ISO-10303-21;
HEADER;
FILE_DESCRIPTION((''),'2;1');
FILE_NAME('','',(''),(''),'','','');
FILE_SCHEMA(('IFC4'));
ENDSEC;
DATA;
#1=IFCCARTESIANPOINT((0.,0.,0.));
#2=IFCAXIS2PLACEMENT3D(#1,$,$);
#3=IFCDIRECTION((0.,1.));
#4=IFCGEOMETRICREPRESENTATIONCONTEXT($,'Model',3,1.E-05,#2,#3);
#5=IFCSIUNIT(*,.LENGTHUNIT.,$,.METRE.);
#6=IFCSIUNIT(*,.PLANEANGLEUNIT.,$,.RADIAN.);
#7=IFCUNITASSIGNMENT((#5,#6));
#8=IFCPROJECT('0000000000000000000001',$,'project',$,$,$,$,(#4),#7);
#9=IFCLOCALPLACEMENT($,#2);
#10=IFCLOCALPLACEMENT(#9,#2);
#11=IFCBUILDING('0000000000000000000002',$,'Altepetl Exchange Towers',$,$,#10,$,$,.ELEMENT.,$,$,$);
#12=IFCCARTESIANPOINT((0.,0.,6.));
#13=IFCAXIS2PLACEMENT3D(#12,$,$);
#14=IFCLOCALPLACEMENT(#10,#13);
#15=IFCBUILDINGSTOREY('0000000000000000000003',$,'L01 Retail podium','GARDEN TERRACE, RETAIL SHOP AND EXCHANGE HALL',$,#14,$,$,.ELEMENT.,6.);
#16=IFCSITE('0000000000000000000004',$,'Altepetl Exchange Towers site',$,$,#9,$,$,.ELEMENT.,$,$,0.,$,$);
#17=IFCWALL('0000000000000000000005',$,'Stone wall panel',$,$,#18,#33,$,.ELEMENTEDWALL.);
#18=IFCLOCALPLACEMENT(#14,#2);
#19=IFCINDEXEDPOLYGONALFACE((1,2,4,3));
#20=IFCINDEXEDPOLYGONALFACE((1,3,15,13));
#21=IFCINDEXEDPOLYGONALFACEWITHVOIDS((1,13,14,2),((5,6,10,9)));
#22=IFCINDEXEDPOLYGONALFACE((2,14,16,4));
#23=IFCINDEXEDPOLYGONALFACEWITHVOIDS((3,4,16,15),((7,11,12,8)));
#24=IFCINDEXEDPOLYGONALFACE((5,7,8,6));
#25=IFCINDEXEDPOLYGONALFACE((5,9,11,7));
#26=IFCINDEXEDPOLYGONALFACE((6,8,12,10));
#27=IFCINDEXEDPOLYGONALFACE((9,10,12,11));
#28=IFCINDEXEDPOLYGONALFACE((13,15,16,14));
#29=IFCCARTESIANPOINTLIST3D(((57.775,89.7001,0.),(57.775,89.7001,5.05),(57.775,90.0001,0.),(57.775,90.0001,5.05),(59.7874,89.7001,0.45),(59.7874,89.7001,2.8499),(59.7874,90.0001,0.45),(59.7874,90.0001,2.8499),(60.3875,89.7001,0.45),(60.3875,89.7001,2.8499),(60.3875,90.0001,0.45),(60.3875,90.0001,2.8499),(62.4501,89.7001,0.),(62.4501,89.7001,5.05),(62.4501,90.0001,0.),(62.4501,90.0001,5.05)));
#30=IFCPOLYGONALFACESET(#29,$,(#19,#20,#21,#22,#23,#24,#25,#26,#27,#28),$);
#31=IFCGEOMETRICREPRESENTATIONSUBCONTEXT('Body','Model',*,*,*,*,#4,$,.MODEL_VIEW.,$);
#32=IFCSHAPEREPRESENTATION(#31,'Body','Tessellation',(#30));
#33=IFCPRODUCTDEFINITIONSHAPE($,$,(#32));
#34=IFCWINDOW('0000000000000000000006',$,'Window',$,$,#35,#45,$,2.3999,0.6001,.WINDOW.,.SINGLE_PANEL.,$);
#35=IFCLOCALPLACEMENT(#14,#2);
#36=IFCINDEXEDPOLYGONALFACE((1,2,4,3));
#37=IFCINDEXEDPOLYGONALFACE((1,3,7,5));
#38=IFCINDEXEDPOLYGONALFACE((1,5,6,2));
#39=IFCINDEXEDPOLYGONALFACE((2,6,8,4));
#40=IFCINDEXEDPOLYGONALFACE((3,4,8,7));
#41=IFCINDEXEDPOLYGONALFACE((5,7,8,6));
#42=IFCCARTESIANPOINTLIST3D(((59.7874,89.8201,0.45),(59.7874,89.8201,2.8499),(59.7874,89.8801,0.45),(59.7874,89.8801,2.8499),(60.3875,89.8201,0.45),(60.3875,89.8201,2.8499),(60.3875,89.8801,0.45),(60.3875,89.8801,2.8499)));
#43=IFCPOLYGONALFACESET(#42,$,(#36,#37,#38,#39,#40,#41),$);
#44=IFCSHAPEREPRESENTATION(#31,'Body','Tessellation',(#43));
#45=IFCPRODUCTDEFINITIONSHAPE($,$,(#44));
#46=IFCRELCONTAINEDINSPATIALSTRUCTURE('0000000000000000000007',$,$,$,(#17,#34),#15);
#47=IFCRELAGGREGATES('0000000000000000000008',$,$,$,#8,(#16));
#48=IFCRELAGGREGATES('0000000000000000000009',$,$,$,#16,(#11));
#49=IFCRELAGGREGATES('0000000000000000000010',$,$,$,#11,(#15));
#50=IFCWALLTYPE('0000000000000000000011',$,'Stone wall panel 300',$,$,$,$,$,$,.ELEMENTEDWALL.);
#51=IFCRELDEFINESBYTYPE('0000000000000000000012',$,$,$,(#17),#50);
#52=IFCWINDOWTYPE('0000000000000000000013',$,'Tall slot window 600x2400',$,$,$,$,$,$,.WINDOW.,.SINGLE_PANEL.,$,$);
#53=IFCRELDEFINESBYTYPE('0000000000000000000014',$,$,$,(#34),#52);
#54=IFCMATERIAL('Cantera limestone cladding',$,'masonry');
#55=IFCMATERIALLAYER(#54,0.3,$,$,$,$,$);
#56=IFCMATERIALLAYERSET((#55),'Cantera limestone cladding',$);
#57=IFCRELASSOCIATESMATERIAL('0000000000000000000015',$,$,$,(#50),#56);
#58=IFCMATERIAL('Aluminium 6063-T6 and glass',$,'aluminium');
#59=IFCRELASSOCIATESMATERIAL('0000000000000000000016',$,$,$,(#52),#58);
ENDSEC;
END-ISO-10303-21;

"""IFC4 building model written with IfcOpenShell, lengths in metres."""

from ifc_helpers import new_model, si_unit, direction, frame, frame_2d, origin, place, context, subcontext, project, spatial, rectangle, extrude, material, layer, layer_set, type_object, element, fill, save


model = new_model("IFC4")

# Units and contexts
model_context = context("Model", 3, precision=1e-05, world=origin(), true_north=direction((0.0, 1.0)))
body_context = subcontext(model_context, "Body", "Model", "MODEL_VIEW")
ifc_project = project(units=[si_unit("LENGTHUNIT", "METRE"), si_unit("PLANEANGLEUNIT", "RADIAN")], contexts=[model_context])

# Site, building, storey
site_placement = place(None, origin())
site = spatial("IfcSite", under=ifc_project, at=site_placement, Name="Altepetl Exchange Towers site", CompositionType="ELEMENT", RefElevation=0.0)
building_placement = place(site_placement, origin())
building = spatial("IfcBuilding", under=site, at=building_placement, Name="Altepetl Exchange Towers", CompositionType="ELEMENT")
storey_placement = place(building_placement, frame((0.0, 0.0, 6.0)))
storey = spatial("IfcBuildingStorey", under=building, at=storey_placement, Name="L01 Retail podium", Description="GARDEN TERRACE, RETAIL SHOP AND EXCHANGE HALL", CompositionType="ELEMENT", Elevation=6.0)

# Shared definitions
ifc_material_1 = material(Name="Aluminium 6063-T6 and glass", Category="aluminium")

# Wall, opening, window
ifc_material_2 = material(Name="Cantera limestone cladding", Category="masonry")
ifc_layer_1 = layer(ifc_material_2, 0.3)
ifc_layer_set_1 = layer_set([ifc_layer_1], Name="Cantera limestone cladding")
wall_type_1 = type_object("IfcWallType", Name="Stone wall panel 300", PredefinedType="ELEMENTEDWALL", material=ifc_layer_set_1)
wall_1_placement = place(storey_placement, frame((62.45, 89.8501, 0.0), z_axis=(0.0, 0.0, 1.0), x_axis=(-1.0, 0.0, 0.0)))
wall_1 = element("IfcWall", 1, at=wall_1_placement, inside=storey, type_object=wall_type_1, Name="Stone wall panel", PredefinedType="ELEMENTEDWALL", context=body_context, shape_type="SweptSolid", body=[
    extrude(rectangle(XDim=4.675, YDim=0.3, at=frame_2d((2.3374, 0.0))), origin(), (0.0, 0.0, 1.0), 5.05),
])
opening_1_placement = place(wall_1_placement, frame((2.0625, 0.0, 0.45)))
opening_1 = element("IfcOpeningElement", 2, at=opening_1_placement, cuts=wall_1, PredefinedType="OPENING", context=body_context, shape_type="SweptSolid", body=[
    extrude(rectangle(XDim=0.6001, YDim=2.3999, at=frame_2d((0.3, 1.2))), frame((0.0, 0.1602, 0.0), z_axis=(0.0, -1.0, 0.0), x_axis=(1.0, 0.0, 0.0)), (0.0, 0.0, 1.0), 0.3201),
])
window_type_1 = type_object("IfcWindowType", Name="Tall slot window 600x2400", PartitioningType="SINGLE_PANEL", PredefinedType="WINDOW", material=ifc_material_1)
window_1_placement = place(opening_1_placement, origin())
window_1 = element("IfcWindow", 3, at=window_1_placement, inside=storey, type_object=window_type_1, Name="Window", OverallHeight=2.3999, OverallWidth=0.6001, PartitioningType="SINGLE_PANEL", PredefinedType="WINDOW", context=body_context, shape_type="SweptSolid", body=[
    extrude(rectangle(XDim=0.6001, YDim=2.3999, at=frame_2d((0.3, 1.2))), frame((0.0, 0.03, 0.0), z_axis=(0.0, -1.0, 0.0), x_axis=(1.0, 0.0, 0.0)), (0.0, 0.0, 1.0), 0.0601),
])
fill(opening_1, window_1)

save(model, "model.ifc")
